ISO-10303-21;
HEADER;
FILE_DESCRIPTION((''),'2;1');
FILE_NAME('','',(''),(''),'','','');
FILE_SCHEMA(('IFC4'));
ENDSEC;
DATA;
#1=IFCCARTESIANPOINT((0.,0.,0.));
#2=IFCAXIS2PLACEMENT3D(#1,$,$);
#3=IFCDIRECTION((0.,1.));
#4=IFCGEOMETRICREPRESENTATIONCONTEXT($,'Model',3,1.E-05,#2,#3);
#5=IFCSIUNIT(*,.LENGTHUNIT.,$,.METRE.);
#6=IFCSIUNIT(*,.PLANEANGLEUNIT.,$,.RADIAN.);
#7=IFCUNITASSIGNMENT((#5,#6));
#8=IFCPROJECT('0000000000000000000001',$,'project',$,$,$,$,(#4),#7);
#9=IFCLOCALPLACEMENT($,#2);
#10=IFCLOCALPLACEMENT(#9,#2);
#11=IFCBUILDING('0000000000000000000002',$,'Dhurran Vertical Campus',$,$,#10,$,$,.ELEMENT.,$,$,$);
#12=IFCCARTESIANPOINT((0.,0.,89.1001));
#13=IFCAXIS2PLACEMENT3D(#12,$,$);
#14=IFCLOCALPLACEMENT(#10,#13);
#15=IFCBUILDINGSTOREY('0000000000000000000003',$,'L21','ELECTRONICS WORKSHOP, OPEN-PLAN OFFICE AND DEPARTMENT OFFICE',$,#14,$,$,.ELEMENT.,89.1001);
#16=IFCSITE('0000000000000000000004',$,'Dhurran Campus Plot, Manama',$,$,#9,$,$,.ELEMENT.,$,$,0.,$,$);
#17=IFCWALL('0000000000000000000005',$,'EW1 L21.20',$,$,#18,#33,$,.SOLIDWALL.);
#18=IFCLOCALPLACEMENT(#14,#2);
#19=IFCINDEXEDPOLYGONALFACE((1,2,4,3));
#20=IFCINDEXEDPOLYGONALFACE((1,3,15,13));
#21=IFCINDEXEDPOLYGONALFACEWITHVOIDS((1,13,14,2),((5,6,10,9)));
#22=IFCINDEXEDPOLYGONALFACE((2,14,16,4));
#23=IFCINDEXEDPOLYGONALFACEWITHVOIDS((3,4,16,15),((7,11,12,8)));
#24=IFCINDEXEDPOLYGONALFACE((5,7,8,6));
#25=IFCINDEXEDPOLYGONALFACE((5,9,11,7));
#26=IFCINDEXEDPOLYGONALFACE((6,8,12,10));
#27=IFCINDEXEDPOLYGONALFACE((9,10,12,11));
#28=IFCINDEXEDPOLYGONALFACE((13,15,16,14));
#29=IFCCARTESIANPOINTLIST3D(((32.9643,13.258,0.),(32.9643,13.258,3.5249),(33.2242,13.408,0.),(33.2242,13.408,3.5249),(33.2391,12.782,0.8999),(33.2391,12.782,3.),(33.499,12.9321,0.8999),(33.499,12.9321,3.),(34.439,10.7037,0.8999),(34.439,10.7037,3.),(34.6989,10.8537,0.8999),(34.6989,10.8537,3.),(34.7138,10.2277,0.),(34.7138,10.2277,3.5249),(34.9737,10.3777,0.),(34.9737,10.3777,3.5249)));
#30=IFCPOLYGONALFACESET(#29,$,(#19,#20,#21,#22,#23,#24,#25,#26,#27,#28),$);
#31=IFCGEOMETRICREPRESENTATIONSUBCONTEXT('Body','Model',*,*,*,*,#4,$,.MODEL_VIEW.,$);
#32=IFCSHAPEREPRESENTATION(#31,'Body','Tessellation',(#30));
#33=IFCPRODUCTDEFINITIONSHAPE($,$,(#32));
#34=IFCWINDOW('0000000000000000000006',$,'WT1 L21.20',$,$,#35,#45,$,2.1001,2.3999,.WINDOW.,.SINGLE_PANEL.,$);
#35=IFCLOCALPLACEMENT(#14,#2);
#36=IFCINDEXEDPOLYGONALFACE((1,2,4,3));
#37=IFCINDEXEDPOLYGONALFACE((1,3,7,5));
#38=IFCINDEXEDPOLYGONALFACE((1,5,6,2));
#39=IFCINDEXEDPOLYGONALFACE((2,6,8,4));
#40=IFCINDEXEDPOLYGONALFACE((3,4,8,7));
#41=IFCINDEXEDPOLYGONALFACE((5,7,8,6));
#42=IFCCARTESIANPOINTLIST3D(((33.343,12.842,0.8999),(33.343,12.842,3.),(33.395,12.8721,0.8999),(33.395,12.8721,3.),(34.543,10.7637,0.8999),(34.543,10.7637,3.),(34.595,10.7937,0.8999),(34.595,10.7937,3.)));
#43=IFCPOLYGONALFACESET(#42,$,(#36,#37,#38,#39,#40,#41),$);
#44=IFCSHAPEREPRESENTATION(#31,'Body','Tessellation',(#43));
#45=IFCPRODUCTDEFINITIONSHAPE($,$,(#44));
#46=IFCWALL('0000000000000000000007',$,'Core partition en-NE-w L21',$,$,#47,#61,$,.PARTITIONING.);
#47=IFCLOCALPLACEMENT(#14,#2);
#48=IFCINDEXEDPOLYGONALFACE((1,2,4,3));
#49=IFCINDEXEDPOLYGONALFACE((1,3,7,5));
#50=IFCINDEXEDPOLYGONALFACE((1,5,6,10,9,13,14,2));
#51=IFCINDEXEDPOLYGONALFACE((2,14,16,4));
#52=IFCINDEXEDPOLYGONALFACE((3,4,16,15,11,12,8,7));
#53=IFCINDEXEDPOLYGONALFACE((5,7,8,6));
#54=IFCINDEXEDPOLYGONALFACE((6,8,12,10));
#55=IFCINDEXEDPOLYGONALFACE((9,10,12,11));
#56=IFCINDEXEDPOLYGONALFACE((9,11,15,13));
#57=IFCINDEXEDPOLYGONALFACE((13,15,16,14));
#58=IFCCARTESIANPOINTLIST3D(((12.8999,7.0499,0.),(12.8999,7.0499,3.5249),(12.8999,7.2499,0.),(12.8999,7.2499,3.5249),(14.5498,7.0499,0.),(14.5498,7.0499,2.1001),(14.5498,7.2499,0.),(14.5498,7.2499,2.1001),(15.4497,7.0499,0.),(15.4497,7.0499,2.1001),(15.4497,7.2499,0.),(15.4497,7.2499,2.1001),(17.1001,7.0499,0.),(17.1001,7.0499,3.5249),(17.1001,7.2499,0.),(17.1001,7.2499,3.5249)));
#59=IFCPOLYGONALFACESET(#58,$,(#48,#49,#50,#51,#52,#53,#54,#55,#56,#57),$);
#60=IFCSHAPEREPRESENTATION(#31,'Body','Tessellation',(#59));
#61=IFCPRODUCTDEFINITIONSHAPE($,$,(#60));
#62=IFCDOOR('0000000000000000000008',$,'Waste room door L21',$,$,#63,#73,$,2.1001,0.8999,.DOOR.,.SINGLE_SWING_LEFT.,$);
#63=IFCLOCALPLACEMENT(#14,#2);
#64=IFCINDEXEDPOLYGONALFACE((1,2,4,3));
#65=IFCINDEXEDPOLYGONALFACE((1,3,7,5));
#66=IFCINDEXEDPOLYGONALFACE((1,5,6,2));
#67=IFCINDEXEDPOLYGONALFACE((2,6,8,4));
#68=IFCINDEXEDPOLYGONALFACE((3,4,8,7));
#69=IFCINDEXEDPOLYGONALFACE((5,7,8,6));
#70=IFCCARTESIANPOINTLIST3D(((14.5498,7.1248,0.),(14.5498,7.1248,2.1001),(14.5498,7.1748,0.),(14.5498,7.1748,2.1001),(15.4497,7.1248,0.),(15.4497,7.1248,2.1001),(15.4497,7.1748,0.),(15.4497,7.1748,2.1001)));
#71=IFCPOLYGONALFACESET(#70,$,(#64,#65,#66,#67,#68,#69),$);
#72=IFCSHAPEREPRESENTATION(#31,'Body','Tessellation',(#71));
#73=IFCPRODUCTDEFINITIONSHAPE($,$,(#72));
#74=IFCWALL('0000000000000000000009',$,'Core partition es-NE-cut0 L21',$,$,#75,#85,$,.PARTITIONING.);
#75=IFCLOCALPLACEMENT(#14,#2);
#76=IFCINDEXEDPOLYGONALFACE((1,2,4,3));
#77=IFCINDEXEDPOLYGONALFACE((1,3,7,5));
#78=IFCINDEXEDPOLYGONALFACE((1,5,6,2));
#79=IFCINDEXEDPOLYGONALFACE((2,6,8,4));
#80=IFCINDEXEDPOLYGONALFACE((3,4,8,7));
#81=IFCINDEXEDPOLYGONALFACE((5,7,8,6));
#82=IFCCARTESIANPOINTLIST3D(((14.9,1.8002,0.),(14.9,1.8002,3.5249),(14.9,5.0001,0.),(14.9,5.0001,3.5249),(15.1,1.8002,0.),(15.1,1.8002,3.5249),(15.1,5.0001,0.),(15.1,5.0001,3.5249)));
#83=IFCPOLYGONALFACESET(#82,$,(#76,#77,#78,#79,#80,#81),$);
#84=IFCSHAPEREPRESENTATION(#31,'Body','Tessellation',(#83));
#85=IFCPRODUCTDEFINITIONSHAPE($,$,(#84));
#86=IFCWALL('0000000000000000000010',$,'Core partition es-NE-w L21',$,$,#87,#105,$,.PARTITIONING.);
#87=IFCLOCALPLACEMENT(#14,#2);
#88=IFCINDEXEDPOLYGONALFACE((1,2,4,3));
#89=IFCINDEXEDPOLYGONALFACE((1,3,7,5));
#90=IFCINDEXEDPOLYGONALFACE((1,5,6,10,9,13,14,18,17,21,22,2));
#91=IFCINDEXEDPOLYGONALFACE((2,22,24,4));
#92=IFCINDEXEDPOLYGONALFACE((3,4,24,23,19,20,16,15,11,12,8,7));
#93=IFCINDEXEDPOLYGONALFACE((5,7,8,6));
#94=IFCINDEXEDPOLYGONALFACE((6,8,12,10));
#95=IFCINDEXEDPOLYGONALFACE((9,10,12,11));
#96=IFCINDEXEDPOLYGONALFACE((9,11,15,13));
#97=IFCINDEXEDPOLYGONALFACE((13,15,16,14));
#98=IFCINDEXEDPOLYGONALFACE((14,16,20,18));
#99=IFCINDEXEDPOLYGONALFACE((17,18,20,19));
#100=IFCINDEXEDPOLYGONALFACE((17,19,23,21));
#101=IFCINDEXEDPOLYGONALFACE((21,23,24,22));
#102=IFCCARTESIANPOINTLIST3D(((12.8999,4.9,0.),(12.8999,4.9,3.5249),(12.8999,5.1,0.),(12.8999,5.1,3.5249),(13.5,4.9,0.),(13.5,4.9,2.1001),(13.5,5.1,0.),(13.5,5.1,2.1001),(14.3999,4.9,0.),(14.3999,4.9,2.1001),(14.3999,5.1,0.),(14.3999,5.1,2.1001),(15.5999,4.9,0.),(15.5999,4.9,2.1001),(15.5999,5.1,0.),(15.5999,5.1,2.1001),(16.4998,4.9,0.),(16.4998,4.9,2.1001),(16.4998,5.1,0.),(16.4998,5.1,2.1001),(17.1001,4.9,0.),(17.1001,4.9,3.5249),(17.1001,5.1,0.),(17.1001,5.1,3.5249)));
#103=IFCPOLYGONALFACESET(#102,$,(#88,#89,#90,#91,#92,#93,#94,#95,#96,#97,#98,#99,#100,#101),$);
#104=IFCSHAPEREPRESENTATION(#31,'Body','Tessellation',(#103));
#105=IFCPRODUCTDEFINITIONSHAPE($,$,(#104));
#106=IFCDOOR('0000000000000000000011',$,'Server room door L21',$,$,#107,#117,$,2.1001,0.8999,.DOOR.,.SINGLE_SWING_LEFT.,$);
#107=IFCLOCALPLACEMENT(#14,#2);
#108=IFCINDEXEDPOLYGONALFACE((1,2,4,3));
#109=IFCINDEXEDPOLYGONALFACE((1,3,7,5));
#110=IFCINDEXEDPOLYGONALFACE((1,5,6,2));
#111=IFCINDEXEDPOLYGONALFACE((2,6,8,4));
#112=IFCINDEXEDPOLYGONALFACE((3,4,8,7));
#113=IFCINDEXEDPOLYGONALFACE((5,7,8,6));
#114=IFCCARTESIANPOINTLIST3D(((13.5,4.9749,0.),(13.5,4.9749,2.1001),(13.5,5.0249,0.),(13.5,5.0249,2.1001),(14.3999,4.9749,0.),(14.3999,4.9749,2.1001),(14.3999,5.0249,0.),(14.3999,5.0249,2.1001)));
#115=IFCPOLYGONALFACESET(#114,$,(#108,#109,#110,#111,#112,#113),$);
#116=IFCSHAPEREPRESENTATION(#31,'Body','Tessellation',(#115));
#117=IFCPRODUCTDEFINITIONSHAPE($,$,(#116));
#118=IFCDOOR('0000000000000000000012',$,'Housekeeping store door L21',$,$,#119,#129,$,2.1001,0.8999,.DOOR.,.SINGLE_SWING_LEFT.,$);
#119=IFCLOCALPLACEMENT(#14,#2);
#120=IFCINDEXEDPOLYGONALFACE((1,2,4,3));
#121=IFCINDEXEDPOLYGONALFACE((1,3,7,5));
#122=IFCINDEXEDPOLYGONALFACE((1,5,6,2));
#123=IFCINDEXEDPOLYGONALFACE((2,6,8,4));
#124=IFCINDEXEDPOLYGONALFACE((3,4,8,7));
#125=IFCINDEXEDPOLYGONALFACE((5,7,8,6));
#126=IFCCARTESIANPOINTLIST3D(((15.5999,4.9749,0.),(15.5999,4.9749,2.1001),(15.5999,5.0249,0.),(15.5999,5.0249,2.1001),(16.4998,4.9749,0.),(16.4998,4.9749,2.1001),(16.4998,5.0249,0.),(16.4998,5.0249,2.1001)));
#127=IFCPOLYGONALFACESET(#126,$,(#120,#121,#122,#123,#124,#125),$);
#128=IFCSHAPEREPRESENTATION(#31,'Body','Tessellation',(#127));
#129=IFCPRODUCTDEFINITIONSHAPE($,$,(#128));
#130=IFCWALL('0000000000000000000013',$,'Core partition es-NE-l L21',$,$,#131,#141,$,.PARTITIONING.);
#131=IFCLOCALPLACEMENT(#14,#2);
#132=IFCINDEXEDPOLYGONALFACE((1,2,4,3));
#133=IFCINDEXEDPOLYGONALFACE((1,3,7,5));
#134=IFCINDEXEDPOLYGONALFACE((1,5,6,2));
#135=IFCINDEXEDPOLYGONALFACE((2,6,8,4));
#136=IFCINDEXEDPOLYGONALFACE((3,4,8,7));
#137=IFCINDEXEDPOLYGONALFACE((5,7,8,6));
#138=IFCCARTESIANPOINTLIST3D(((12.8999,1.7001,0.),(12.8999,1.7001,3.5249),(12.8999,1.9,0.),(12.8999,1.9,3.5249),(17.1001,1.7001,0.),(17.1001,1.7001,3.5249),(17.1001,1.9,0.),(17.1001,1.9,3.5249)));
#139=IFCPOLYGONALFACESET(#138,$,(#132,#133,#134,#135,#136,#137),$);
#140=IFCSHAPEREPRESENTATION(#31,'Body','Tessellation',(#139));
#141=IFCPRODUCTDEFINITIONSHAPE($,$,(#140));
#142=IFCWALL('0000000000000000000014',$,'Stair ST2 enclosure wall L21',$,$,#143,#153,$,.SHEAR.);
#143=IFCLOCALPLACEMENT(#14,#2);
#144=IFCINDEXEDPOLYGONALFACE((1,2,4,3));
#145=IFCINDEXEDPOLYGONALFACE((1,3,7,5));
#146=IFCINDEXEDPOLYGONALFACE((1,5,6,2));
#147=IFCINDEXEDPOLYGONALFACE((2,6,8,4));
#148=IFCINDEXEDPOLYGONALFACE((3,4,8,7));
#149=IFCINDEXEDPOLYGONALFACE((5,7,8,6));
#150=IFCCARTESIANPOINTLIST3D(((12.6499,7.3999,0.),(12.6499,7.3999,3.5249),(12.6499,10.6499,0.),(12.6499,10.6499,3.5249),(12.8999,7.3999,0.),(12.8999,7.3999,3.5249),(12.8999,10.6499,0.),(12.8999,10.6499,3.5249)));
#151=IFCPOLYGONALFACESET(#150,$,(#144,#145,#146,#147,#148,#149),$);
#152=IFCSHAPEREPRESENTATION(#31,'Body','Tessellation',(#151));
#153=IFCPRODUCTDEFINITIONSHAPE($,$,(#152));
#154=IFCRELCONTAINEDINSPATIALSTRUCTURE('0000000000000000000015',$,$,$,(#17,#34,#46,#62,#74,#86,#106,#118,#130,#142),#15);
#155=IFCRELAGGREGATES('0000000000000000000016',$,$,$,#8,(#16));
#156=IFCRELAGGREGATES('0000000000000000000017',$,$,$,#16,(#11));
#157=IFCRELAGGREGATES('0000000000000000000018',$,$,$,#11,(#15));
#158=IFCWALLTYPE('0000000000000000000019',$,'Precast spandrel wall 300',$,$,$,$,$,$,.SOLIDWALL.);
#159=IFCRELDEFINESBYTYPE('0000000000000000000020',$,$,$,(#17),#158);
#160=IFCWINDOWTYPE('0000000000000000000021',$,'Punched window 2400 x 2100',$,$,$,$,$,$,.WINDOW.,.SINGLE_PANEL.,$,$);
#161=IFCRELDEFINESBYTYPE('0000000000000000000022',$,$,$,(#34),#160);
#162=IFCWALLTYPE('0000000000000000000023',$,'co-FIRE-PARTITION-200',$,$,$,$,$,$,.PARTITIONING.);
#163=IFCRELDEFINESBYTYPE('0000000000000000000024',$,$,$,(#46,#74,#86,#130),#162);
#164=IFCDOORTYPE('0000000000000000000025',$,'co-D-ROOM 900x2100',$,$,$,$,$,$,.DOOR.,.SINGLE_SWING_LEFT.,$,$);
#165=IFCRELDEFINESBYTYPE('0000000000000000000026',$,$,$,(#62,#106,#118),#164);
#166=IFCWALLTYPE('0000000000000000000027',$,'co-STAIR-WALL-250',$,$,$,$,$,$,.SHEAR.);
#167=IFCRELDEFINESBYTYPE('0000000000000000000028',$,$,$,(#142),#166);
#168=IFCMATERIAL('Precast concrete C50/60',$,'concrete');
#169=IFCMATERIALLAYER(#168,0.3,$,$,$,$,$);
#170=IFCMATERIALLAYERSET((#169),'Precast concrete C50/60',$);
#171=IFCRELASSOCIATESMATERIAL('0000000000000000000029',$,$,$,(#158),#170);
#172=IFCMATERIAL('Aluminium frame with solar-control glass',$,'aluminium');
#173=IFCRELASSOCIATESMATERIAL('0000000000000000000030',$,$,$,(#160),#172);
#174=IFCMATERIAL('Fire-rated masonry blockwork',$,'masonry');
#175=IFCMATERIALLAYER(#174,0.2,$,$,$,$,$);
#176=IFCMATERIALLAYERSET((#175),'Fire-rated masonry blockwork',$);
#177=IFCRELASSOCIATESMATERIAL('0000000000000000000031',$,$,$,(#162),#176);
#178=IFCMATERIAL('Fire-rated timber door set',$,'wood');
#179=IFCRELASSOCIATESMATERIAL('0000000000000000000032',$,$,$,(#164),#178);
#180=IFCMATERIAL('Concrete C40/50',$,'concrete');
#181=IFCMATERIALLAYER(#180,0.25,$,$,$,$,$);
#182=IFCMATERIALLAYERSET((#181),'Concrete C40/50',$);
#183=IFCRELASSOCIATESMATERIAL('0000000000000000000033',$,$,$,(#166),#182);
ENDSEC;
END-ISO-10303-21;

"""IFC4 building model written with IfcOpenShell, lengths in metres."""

from ifc_helpers import new_model, si_unit, direction, frame, frame_2d, origin, place, context, subcontext, project, spatial, rectangle, extrude, material, layer, layer_set, type_object, element, fill, save


model = new_model("IFC4")

# Units and contexts
model_context = context("Model", 3, precision=1e-05, world=origin(), true_north=direction((0.0, 1.0)))
body_context = subcontext(model_context, "Body", "Model", "MODEL_VIEW")
ifc_project = project(units=[si_unit("LENGTHUNIT", "METRE"), si_unit("PLANEANGLEUNIT", "RADIAN")], contexts=[model_context])

# Site, building, storey
site_placement = place(None, origin())
site = spatial("IfcSite", under=ifc_project, at=site_placement, Name="Dhurran Campus Plot, Manama", CompositionType="ELEMENT", RefElevation=0.0)
building_placement = place(site_placement, origin())
building = spatial("IfcBuilding", under=site, at=building_placement, Name="Dhurran Vertical Campus", CompositionType="ELEMENT")
storey_placement = place(building_placement, frame((0.0, 0.0, 89.1001)))
storey = spatial("IfcBuildingStorey", under=building, at=storey_placement, Name="L21", Description="ELECTRONICS WORKSHOP, OPEN-PLAN OFFICE AND DEPARTMENT OFFICE", CompositionType="ELEMENT", Elevation=89.1001)

# Wall, opening, window
ifc_material_1 = material(Name="Precast concrete C50/60", Category="concrete")
ifc_layer_1 = layer(ifc_material_1, 0.3)
ifc_layer_set_1 = layer_set([ifc_layer_1], Name="Precast concrete C50/60")
wall_type_1 = type_object("IfcWallType", Name="Precast spandrel wall 300", PredefinedType="SOLIDWALL", material=ifc_layer_set_1)
ifc_material_2 = material(Name="Aluminium frame with solar-control glass", Category="aluminium")
window_type = type_object("IfcWindowType", Name="Punched window 2400 x 2100", PartitioningType="SINGLE_PANEL", PredefinedType="WINDOW", material=ifc_material_2)
wall_1_placement = place(storey_placement, frame((34.8438, 10.3027, 0.0), z_axis=(0.0, 0.0, 1.0), x_axis=(-0.499996, 0.866028, 0.0)))
wall_1 = element("IfcWall", 1, at=wall_1_placement, inside=storey, type_object=wall_type_1, Name="EW1 L21.20", PredefinedType="SOLIDWALL", context=body_context, shape_type="SweptSolid", body=[
    extrude(rectangle(XDim=3.499, YDim=0.3, at=frame_2d((1.7495, 0.0))), origin(), (0.0, 0.0, 1.0), 3.5249),
])
opening_1_placement = place(wall_1_placement, frame((0.5496, 0.0, 0.8999)))
opening_1 = element("IfcOpeningElement", 2, at=opening_1_placement, cuts=wall_1, PredefinedType="OPENING", context=body_context, shape_type="SweptSolid", body=[
    extrude(rectangle(XDim=2.3999, YDim=2.1001, at=frame_2d((1.2, 1.05))), frame((0.0, 0.1599, 0.0), z_axis=(0.0, -1.0, 0.0), x_axis=(1.0, 0.0, 0.0)), (0.0, 0.0, 1.0), 0.3201),
])
window_1_placement = place(opening_1_placement, origin())
window_1 = element("IfcWindow", 3, at=window_1_placement, inside=storey, type_object=window_type, Name="WT1 L21.20", OverallHeight=2.1001, OverallWidth=2.3999, PartitioningType="SINGLE_PANEL", PredefinedType="WINDOW", context=body_context, shape_type="SweptSolid", body=[
    extrude(rectangle(XDim=2.3999, YDim=2.1001, at=frame_2d((1.2, 1.05))), frame((0.0, 0.03, 0.0), z_axis=(0.0, -1.0, 0.0), x_axis=(1.0, 0.0, 0.0)), (0.0, 0.0, 1.0), 0.0601),
])
fill(opening_1, window_1)

# Wall, opening, door
ifc_material_3 = material(Name="Fire-rated masonry blockwork", Category="masonry")
ifc_layer_2 = layer(ifc_material_3, 0.2)
ifc_layer_set_2 = layer_set([ifc_layer_2], Name="Fire-rated masonry blockwork")
wall_type_2 = type_object("IfcWallType", Name="co-FIRE-PARTITION-200", PredefinedType="PARTITIONING", material=ifc_layer_set_2)
wall_2_placement = place(storey_placement, frame((12.8999, 7.1499, 0.0), z_axis=(0.0, 0.0, 1.0), x_axis=(1.0, 0.0, 0.0)))
wall_2 = element("IfcWall", 4, at=wall_2_placement, inside=storey, type_object=wall_type_2, Name="Core partition en-NE-w L21", PredefinedType="PARTITIONING", context=body_context, shape_type="SweptSolid", body=[
    extrude(rectangle(XDim=4.2002, YDim=0.2, at=frame_2d((2.1001, 0.0))), origin(), (0.0, 0.0, 1.0), 3.5249),
])
opening_2_placement = place(wall_2_placement, frame((1.6499, 0.0, 0.0)))
opening_2 = element("IfcOpeningElement", 5, at=opening_2_placement, cuts=wall_2, PredefinedType="OPENING", context=body_context, shape_type="SweptSolid", body=[
    extrude(rectangle(XDim=0.8999, YDim=2.1001, at=frame_2d((0.45, 1.05))), frame((0.0, 0.1099, 0.0), z_axis=(0.0, -1.0, 0.0), x_axis=(1.0, 0.0, 0.0)), (0.0, 0.0, 1.0), 0.22),
])
ifc_material_4 = material(Name="Fire-rated timber door set", Category="wood")
door_type_1 = type_object("IfcDoorType", Name="co-D-ROOM 900x2100", OperationType="SINGLE_SWING_LEFT", PredefinedType="DOOR", material=ifc_material_4)
door_1_placement = place(opening_2_placement, origin())
door_1 = element("IfcDoor", 6, at=door_1_placement, inside=storey, type_object=door_type_1, Name="Waste room door L21", OperationType="SINGLE_SWING_LEFT", OverallHeight=2.1001, OverallWidth=0.8999, PredefinedType="DOOR", context=body_context, shape_type="SweptSolid", body=[
    extrude(rectangle(XDim=0.8999, YDim=2.1001, at=frame_2d((0.45, 1.05))), frame((0.0, 0.0249, 0.0), z_axis=(0.0, -1.0, 0.0), x_axis=(1.0, 0.0, 0.0)), (0.0, 0.0, 1.0), 0.05),
])
fill(opening_2, door_1)

# Wall
wall_3_placement = place(storey_placement, frame((15.0, 1.8, 0.0), z_axis=(0.0, 0.0, 1.0), x_axis=(0.0, 1.0, 0.0)))
element("IfcWall", 7, at=wall_3_placement, inside=storey, type_object=wall_type_2, Name="Core partition es-NE-cut0 L21", PredefinedType="PARTITIONING", context=body_context, shape_type="SweptSolid", body=[
    extrude(rectangle(XDim=3.2, YDim=0.2, at=frame_2d((1.6001, 0.0))), origin(), (0.0, 0.0, 1.0), 3.5249),
])

# Wall, openings, doors
wall_4_placement = place(storey_placement, frame((12.8999, 5.0, 0.0), z_axis=(0.0, 0.0, 1.0), x_axis=(1.0, 0.0, 0.0)))
wall_4 = element("IfcWall", 8, at=wall_4_placement, inside=storey, type_object=wall_type_2, Name="Core partition es-NE-w L21", PredefinedType="PARTITIONING", context=body_context, shape_type="SweptSolid", body=[
    extrude(rectangle(XDim=4.2002, YDim=0.2, at=frame_2d((2.1001, 0.0))), origin(), (0.0, 0.0, 1.0), 3.5249),
])
opening_3_placement = place(wall_4_placement, frame((0.6001, 0.0, 0.0)))
opening_3 = element("IfcOpeningElement", 9, at=opening_3_placement, cuts=wall_4, PredefinedType="OPENING", context=body_context, shape_type="SweptSolid", body=[
    extrude(rectangle(XDim=0.8999, YDim=2.1001, at=frame_2d((0.45, 1.05))), frame((0.0, 0.1099, 0.0), z_axis=(0.0, -1.0, 0.0), x_axis=(1.0, 0.0, 0.0)), (0.0, 0.0, 1.0), 0.22),
])
opening_4_placement = place(wall_4_placement, frame((2.7, 0.0, 0.0)))
opening_4 = element("IfcOpeningElement", 10, at=opening_4_placement, cuts=wall_4, PredefinedType="OPENING", context=body_context, shape_type="SweptSolid", body=[
    extrude(rectangle(XDim=0.8999, YDim=2.1001, at=frame_2d((0.45, 1.05))), frame((0.0, 0.1099, 0.0), z_axis=(0.0, -1.0, 0.0), x_axis=(1.0, 0.0, 0.0)), (0.0, 0.0, 1.0), 0.22),
])
door_2_placement = place(opening_3_placement, origin())
door_2 = element("IfcDoor", 11, at=door_2_placement, inside=storey, type_object=door_type_1, Name="Server room door L21", OperationType="SINGLE_SWING_LEFT", OverallHeight=2.1001, OverallWidth=0.8999, PredefinedType="DOOR", context=body_context, shape_type="SweptSolid", body=[
    extrude(rectangle(XDim=0.8999, YDim=2.1001, at=frame_2d((0.45, 1.05))), frame((0.0, 0.0249, 0.0), z_axis=(0.0, -1.0, 0.0), x_axis=(1.0, 0.0, 0.0)), (0.0, 0.0, 1.0), 0.05),
])
fill(opening_3, door_2)
door_3_placement = place(opening_4_placement, origin())
door_3 = element("IfcDoor", 12, at=door_3_placement, inside=storey, type_object=door_type_1, Name="Housekeeping store door L21", OperationType="SINGLE_SWING_LEFT", OverallHeight=2.1001, OverallWidth=0.8999, PredefinedType="DOOR", context=body_context, shape_type="SweptSolid", body=[
    extrude(rectangle(XDim=0.8999, YDim=2.1001, at=frame_2d((0.45, 1.05))), frame((0.0, 0.0249, 0.0), z_axis=(0.0, -1.0, 0.0), x_axis=(1.0, 0.0, 0.0)), (0.0, 0.0, 1.0), 0.05),
])
fill(opening_4, door_3)

# Walls
wall_5_placement = place(storey_placement, frame((12.8999, 1.8, 0.0), z_axis=(0.0, 0.0, 1.0), x_axis=(1.0, 0.0, 0.0)))
element("IfcWall", 13, at=wall_5_placement, inside=storey, type_object=wall_type_2, Name="Core partition es-NE-l L21", PredefinedType="PARTITIONING", context=body_context, shape_type="SweptSolid", body=[
    extrude(rectangle(XDim=4.2002, YDim=0.2, at=frame_2d((2.1001, 0.0))), origin(), (0.0, 0.0, 1.0), 3.5249),
])
ifc_material_5 = material(Name="Concrete C40/50", Category="concrete")
ifc_layer_3 = layer(ifc_material_5, 0.25)
ifc_layer_set_3 = layer_set([ifc_layer_3], Name="Concrete C40/50")
wall_type_3 = type_object("IfcWallType", Name="co-STAIR-WALL-250", PredefinedType="SHEAR", material=ifc_layer_set_3)
wall_6_placement = place(storey_placement, frame((12.7749, 7.3999, 0.0), z_axis=(0.0, 0.0, 1.0), x_axis=(0.0, 1.0, 0.0)))
element("IfcWall", 14, at=wall_6_placement, inside=storey, type_object=wall_type_3, Name="Stair ST2 enclosure wall L21", PredefinedType="SHEAR", context=body_context, shape_type="SweptSolid", body=[
    extrude(rectangle(XDim=3.25, YDim=0.25, at=frame_2d((1.625, 0.0))), origin(), (0.0, 0.0, 1.0), 3.5249),
])

save(model, "model.ifc")
